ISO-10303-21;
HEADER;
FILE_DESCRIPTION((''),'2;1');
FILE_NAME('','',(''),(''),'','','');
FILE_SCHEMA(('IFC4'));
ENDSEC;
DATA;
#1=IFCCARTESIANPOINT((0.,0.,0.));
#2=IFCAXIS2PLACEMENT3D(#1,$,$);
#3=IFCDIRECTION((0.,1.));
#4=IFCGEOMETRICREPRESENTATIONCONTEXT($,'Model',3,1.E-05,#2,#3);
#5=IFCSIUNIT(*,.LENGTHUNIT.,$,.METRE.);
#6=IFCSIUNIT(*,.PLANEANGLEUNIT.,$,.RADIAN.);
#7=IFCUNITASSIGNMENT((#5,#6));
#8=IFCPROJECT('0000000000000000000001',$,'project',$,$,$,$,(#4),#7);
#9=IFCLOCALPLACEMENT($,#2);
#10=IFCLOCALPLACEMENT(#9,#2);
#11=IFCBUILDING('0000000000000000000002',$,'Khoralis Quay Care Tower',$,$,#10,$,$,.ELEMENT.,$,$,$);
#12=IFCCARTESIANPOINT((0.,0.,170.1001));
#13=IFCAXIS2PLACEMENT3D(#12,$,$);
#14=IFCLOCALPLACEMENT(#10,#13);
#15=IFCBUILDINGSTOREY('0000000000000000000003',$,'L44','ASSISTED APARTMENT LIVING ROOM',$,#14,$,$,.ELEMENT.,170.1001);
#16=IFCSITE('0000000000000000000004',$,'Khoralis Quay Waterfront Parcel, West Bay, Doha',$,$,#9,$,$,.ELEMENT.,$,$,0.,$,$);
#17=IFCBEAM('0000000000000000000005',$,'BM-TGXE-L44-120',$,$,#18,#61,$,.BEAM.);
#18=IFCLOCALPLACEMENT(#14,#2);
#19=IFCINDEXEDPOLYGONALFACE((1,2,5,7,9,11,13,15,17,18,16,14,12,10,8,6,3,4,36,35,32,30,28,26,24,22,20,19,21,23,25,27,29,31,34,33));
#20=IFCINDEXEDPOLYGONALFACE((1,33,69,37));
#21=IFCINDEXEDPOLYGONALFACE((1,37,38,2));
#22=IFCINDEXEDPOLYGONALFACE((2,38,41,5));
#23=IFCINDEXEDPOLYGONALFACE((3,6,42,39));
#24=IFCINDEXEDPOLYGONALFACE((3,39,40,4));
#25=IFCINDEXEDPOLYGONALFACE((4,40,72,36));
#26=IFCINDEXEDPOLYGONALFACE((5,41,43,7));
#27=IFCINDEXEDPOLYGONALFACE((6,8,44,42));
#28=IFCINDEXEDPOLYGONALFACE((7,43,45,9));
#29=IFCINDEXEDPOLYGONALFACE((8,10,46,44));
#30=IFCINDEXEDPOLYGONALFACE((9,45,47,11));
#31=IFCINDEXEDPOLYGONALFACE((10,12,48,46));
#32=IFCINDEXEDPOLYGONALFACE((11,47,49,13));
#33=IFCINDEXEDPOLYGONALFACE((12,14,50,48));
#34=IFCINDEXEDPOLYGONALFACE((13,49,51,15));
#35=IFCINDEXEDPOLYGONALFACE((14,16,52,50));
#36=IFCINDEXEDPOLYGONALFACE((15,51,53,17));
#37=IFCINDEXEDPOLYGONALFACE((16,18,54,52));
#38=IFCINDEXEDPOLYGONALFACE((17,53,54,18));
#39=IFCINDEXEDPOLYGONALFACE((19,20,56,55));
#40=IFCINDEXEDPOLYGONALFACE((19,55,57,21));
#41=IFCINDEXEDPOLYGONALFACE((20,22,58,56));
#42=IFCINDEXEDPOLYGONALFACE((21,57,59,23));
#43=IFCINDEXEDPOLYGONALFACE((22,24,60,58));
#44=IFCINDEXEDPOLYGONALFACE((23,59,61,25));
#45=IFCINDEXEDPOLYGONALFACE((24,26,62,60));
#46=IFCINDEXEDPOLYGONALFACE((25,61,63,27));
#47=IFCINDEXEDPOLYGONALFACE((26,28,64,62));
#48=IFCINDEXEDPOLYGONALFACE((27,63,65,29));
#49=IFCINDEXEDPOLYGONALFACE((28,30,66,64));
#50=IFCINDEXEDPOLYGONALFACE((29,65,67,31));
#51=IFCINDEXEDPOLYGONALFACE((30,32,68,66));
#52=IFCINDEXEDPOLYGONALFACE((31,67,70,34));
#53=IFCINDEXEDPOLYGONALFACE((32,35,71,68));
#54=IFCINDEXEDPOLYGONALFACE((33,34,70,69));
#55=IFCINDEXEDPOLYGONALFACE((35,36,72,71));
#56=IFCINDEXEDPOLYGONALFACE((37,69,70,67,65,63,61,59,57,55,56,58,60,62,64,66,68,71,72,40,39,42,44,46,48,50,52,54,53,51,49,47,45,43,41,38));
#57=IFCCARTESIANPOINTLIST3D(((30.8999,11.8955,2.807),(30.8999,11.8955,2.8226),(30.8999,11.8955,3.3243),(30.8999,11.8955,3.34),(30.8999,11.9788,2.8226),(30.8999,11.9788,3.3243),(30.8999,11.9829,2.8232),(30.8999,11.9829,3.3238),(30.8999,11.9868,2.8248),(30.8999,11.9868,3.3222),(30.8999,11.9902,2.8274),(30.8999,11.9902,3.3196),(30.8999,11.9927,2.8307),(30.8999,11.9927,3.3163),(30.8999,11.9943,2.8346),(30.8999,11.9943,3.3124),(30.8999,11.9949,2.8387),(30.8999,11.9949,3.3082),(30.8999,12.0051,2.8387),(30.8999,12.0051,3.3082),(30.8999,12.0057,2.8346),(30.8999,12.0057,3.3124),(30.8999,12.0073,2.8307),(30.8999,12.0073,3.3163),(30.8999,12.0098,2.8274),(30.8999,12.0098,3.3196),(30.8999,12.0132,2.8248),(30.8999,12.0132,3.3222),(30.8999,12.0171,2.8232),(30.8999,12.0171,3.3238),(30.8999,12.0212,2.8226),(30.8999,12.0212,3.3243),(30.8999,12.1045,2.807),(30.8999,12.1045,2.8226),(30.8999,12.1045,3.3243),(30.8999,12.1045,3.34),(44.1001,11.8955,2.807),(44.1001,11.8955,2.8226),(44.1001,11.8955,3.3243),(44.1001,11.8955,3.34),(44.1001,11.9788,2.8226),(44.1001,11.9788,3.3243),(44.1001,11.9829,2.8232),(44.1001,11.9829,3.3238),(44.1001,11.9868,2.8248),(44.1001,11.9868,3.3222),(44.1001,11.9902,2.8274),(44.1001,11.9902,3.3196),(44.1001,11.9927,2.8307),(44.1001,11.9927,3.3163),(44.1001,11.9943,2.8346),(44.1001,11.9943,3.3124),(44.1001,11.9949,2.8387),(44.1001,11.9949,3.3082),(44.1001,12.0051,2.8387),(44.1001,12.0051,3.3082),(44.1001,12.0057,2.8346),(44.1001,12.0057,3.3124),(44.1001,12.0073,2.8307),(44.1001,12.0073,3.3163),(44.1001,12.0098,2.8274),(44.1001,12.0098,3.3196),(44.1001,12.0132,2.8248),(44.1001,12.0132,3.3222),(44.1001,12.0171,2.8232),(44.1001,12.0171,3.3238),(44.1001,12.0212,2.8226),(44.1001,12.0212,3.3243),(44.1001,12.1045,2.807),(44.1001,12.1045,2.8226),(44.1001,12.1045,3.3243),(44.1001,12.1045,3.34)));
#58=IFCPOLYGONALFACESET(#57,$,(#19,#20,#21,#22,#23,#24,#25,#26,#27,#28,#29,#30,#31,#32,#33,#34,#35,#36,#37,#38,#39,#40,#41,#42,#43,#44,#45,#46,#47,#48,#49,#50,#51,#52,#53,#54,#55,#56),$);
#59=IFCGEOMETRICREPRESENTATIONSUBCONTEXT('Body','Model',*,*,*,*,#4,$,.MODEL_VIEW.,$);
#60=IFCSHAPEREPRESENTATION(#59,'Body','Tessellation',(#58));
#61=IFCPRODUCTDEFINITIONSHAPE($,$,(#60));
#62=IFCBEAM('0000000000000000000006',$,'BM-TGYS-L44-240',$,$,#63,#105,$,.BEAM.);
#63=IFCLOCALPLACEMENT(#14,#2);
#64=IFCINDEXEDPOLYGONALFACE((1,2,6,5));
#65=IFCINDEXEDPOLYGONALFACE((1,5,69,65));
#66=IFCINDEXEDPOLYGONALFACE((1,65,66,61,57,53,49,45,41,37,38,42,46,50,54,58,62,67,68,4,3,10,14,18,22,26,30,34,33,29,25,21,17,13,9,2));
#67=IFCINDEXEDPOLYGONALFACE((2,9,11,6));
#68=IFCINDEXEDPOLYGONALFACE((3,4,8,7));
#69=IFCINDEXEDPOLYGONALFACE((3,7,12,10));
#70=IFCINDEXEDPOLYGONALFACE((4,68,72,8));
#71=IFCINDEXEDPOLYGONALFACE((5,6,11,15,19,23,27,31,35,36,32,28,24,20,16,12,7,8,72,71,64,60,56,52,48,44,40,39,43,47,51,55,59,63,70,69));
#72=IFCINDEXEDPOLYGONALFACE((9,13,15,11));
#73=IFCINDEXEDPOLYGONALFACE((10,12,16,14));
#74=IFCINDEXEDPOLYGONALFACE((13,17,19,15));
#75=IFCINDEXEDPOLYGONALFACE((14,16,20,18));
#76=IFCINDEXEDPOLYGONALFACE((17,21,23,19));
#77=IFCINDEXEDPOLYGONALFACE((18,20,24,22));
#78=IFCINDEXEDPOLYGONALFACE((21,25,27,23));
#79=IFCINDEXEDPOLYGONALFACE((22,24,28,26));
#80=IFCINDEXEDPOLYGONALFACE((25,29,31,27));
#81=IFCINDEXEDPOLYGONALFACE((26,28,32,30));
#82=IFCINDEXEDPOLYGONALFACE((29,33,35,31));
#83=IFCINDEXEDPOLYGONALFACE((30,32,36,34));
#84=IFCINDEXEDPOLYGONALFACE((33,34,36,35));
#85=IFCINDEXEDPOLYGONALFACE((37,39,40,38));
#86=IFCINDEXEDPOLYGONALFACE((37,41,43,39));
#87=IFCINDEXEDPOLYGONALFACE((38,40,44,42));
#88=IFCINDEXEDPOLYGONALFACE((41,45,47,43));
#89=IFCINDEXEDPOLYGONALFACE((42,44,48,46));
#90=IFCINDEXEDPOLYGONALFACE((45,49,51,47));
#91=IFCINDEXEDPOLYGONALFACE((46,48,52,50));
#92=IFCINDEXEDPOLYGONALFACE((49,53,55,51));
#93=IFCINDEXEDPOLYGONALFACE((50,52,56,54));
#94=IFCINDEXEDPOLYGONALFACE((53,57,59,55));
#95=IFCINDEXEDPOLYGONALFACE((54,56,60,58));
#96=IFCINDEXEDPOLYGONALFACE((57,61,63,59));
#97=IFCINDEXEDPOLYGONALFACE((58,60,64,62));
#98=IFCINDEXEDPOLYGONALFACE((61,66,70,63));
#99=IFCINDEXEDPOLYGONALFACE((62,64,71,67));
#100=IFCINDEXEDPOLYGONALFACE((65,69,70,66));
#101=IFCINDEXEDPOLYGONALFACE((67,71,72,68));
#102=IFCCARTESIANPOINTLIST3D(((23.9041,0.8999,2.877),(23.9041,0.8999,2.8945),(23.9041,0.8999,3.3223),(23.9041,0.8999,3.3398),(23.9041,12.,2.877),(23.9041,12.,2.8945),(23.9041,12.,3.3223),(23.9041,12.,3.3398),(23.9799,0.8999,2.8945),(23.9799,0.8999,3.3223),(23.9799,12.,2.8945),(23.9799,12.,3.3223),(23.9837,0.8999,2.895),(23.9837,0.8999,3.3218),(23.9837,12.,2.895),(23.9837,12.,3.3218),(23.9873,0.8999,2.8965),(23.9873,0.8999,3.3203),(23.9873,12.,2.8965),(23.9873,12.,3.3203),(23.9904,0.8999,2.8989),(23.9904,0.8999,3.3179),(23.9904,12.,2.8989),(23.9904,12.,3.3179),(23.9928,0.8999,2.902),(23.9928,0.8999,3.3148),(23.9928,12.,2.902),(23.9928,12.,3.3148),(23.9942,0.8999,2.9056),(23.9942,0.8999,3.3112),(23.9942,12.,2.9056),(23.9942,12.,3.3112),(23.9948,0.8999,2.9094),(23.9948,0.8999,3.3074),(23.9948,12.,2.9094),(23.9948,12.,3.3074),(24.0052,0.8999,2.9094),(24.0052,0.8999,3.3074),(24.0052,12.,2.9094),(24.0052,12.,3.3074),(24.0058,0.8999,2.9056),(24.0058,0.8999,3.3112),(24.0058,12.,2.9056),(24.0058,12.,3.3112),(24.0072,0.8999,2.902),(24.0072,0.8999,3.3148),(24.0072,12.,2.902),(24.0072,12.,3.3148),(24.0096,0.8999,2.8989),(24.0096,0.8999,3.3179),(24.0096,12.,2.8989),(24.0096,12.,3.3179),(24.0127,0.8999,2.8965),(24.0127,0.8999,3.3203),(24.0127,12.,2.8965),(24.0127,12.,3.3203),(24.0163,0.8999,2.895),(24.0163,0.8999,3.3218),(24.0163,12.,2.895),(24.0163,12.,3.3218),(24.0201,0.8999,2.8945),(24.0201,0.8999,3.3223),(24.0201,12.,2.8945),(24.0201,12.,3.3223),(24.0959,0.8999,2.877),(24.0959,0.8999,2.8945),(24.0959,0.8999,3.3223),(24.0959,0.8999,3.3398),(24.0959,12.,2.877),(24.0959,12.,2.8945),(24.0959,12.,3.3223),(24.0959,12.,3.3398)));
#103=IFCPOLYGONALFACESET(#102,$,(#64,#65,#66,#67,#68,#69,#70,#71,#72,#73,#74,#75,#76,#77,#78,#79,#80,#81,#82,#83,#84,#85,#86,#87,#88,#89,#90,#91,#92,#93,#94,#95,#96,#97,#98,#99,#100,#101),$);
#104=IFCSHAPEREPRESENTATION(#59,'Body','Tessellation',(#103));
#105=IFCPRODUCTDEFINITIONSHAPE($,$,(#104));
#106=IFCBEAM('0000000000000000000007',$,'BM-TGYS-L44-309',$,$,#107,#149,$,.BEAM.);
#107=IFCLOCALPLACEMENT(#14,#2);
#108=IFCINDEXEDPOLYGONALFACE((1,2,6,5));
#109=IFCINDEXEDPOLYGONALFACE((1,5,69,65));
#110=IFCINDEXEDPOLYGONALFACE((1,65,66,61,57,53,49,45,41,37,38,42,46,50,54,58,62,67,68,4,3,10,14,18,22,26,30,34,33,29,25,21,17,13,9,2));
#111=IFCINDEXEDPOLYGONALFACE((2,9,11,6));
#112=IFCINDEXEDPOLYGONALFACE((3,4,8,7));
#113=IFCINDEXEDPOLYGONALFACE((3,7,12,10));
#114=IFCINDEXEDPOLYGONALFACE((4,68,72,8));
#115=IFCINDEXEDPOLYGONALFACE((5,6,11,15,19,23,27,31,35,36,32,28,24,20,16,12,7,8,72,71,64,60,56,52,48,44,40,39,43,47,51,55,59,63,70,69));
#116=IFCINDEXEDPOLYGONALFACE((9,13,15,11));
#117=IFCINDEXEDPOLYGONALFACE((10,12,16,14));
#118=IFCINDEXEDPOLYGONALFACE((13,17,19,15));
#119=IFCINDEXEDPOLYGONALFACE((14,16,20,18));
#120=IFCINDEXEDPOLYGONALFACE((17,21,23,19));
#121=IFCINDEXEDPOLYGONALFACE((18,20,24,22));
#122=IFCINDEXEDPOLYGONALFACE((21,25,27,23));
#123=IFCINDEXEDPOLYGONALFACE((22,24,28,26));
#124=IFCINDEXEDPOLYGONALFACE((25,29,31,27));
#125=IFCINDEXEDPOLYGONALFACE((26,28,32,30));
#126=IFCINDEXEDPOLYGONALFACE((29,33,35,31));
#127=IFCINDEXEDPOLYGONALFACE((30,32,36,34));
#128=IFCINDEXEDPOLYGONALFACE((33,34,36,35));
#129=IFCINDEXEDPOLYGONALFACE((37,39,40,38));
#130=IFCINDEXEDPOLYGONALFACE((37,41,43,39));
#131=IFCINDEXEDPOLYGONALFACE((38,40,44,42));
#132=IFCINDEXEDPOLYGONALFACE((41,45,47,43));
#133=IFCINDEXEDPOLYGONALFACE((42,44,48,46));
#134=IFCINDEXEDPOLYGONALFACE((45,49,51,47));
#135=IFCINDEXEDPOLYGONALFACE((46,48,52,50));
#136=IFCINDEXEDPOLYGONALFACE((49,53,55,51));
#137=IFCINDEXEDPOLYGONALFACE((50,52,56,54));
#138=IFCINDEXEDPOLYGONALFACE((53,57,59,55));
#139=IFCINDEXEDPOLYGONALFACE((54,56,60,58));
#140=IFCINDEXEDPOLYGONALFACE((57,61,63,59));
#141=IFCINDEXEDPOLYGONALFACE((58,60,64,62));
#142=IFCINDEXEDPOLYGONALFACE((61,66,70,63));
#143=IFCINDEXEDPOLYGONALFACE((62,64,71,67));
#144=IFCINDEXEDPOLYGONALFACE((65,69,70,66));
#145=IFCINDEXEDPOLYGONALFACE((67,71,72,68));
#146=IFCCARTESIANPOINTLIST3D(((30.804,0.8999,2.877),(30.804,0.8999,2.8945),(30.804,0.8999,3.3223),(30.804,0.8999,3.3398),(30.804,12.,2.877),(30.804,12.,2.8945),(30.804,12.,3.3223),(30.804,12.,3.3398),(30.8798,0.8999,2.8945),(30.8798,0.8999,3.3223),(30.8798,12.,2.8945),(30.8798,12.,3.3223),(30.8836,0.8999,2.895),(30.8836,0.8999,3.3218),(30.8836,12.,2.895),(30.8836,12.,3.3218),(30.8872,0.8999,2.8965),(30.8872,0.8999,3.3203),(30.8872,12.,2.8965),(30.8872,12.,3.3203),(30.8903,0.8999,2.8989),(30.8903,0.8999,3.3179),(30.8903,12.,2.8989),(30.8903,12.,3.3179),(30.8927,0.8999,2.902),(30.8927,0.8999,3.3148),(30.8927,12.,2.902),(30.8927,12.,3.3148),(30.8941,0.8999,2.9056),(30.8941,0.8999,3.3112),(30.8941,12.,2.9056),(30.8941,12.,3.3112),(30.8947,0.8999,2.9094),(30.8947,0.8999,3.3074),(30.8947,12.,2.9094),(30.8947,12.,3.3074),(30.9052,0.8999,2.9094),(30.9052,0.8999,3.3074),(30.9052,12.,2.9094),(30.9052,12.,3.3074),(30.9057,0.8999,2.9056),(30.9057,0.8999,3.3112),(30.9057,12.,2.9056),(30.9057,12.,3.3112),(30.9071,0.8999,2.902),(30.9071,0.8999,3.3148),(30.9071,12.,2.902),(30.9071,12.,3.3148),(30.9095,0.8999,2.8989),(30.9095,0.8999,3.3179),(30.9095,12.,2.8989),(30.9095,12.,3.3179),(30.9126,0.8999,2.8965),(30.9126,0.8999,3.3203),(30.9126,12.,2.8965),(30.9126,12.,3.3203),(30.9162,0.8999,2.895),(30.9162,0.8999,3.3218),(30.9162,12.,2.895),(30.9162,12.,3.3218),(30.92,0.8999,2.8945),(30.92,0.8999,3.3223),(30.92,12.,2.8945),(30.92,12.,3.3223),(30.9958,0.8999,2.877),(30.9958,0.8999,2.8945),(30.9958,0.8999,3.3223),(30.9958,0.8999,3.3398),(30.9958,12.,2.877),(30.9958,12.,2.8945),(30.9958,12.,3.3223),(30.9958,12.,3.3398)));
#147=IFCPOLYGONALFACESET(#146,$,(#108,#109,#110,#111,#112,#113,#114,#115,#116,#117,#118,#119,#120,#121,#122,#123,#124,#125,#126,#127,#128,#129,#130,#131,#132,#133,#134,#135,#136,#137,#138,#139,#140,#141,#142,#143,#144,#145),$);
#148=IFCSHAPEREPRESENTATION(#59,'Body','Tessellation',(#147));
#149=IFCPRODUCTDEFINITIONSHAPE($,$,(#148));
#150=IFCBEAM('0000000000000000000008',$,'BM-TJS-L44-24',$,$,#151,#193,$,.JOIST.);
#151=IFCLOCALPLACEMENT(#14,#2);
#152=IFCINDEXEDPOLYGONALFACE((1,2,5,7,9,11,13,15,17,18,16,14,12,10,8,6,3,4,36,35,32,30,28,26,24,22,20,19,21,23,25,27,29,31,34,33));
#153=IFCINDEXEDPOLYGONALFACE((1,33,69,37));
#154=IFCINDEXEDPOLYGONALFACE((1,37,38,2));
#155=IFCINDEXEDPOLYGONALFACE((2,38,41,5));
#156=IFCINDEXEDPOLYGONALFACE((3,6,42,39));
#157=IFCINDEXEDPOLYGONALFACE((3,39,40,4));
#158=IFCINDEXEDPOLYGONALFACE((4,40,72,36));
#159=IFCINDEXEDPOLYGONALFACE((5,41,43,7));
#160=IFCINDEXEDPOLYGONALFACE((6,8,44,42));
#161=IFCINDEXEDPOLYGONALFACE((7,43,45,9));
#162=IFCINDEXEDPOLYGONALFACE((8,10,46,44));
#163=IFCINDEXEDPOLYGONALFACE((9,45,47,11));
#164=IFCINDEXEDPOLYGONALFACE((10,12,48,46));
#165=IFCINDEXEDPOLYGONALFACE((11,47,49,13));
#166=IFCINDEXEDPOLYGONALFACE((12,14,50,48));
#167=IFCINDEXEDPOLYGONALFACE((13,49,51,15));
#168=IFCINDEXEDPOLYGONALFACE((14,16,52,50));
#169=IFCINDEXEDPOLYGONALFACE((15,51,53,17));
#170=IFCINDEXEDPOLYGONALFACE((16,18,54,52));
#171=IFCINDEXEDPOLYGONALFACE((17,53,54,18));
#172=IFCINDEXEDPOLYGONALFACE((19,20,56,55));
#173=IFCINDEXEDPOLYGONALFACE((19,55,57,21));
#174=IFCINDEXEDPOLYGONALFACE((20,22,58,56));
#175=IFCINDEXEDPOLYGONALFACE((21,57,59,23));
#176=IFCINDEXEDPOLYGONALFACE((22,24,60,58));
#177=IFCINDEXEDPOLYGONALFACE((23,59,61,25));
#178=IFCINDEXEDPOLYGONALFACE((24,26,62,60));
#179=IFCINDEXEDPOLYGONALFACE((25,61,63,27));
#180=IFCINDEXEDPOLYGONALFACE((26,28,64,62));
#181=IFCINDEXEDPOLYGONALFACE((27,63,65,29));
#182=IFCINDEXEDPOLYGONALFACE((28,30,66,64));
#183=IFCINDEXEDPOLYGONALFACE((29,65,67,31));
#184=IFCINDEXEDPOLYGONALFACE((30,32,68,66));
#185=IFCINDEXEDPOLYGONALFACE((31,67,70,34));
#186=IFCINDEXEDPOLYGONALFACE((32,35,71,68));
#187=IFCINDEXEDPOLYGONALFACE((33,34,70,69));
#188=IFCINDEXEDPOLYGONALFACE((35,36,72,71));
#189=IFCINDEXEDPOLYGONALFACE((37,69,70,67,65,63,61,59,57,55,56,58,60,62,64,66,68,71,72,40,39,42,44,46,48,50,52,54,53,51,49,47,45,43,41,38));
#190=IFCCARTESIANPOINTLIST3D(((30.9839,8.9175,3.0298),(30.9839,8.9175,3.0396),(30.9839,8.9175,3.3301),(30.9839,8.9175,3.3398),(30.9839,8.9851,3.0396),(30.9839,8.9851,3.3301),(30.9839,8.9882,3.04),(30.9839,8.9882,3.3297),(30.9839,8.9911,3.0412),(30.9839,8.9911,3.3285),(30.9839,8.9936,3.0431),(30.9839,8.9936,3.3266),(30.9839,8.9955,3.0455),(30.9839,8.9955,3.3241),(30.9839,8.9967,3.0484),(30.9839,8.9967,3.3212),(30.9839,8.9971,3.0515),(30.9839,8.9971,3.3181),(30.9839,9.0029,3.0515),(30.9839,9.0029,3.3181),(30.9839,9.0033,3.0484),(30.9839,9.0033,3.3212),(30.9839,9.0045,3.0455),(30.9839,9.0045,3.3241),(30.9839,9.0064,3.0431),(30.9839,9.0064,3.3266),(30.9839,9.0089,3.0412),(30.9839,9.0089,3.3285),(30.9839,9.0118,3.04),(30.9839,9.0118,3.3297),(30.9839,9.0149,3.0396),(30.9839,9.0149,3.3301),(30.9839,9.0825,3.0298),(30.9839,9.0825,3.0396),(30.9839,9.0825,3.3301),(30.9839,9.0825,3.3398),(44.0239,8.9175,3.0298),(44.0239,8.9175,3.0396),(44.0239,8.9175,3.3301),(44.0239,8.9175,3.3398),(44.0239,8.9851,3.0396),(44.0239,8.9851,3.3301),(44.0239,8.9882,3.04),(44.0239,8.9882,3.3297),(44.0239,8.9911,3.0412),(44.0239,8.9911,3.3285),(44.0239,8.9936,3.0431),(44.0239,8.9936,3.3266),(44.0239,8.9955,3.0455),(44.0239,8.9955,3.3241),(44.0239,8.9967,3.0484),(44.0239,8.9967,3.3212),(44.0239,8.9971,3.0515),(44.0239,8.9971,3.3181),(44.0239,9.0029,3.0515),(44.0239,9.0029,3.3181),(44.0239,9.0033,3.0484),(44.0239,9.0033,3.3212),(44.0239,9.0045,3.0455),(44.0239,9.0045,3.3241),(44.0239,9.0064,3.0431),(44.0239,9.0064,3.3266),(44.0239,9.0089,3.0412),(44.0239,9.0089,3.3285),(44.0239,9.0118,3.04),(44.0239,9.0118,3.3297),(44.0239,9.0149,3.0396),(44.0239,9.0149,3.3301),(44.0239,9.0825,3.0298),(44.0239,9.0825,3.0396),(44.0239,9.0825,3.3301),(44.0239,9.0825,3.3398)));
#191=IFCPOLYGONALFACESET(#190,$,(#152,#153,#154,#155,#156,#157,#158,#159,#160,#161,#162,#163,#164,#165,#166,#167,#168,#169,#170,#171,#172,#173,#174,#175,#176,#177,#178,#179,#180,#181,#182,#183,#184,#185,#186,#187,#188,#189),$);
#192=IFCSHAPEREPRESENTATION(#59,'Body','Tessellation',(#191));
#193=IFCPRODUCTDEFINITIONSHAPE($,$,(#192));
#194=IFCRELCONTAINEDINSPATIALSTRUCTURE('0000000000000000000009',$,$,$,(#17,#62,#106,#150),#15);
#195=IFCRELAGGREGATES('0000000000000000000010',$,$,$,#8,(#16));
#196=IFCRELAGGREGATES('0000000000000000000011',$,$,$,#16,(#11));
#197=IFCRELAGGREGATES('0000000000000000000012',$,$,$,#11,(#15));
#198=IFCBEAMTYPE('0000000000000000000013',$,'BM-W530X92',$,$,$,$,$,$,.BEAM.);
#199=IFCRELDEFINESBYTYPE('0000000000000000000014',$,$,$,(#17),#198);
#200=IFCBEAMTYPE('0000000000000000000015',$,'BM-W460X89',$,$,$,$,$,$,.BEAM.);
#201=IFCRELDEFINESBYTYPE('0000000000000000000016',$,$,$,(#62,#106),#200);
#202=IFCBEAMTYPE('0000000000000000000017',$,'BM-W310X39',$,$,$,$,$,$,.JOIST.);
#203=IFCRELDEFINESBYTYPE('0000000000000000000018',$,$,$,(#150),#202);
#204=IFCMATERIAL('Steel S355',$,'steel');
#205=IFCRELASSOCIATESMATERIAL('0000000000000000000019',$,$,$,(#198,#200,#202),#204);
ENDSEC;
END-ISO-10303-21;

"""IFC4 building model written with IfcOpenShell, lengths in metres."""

from ifc_helpers import new_model, si_unit, direction, frame, origin, origin_2d, place, context, subcontext, project, spatial, i_section, extrude, source, transform, mapped, material, material_profile, profile_set, type_object, element, save


model = new_model("IFC4")

# Units and contexts
model_context = context("Model", 3, precision=1e-05, world=origin(), true_north=direction((0.0, 1.0)))
body_context = subcontext(model_context, "Body", "Model", "MODEL_VIEW")
ifc_project = project(units=[si_unit("LENGTHUNIT", "METRE"), si_unit("PLANEANGLEUNIT", "RADIAN")], contexts=[model_context])

# Site, building, storey
site_placement = place(None, origin())
site = spatial("IfcSite", under=ifc_project, at=site_placement, Name="Khoralis Quay Waterfront Parcel, West Bay, Doha", CompositionType="ELEMENT", RefElevation=0.0)
building_placement = place(site_placement, origin())
building = spatial("IfcBuilding", under=site, at=building_placement, Name="Khoralis Quay Care Tower", CompositionType="ELEMENT")
storey_placement = place(building_placement, frame((0.0, 0.0, 170.1001)))
storey = spatial("IfcBuildingStorey", under=building, at=storey_placement, Name="L44", Description="ASSISTED APARTMENT LIVING ROOM", CompositionType="ELEMENT", Elevation=170.1001)

# Beams
ifc_material_1 = material(Name="Steel S355", Category="steel")
ifc_material_profile_1 = material_profile(ifc_material_1, i_section(OverallWidth=0.209, OverallDepth=0.533, WebThickness=0.0103, FlangeThickness=0.0156, FilletRadius=0.0161, at=origin_2d()), Name="Steel S355")
ifc_profile_set_1 = profile_set([ifc_material_profile_1], Name="Steel S355")
beam_type_1 = type_object("IfcBeamType", Name="BM-W530X92", PredefinedType="BEAM", material=ifc_profile_set_1)
shared_shape_1 = source(origin(), body_context, "Body", "SweptSolid", [
    extrude(i_section(OverallWidth=0.209, OverallDepth=0.533, WebThickness=0.0103, FlangeThickness=0.0156, FilletRadius=0.0161, at=origin_2d()), origin(), (0.0, 0.0, 1.0), 13.2002),
])
beam_1_placement = place(storey_placement, frame((30.8999, 12.0, 3.0735), z_axis=(1.0, 0.0, 0.0), x_axis=(0.0, 1.0, 0.0)))
element("IfcBeam", 1, at=beam_1_placement, inside=storey, type_object=beam_type_1, Name="BM-TGXE-L44-120", PredefinedType="BEAM", context=body_context, shape_type="MappedRepresentation", body=[
    mapped(shared_shape_1, transform((0.0, 0.0, 0.0), scale=1.0)),
])
ifc_material_profile_2 = material_profile(ifc_material_1, i_section(OverallWidth=0.1919, OverallDepth=0.4629, WebThickness=0.0105, FlangeThickness=0.0176, FilletRadius=0.0149, at=origin_2d()), Name="Steel S355")
ifc_profile_set_2 = profile_set([ifc_material_profile_2], Name="Steel S355")
beam_type_2 = type_object("IfcBeamType", Name="BM-W460X89", PredefinedType="BEAM", material=ifc_profile_set_2)
shared_shape_2 = source(origin(), body_context, "Body", "SweptSolid", [
    extrude(i_section(OverallWidth=0.1919, OverallDepth=0.4629, WebThickness=0.0105, FlangeThickness=0.0176, FilletRadius=0.0149, at=origin_2d()), origin(), (0.0, 0.0, 1.0), 11.1001),
])
for number, where, z_axis, x_axis, name in (
    (2, (24.0, 0.8999, 3.1084), (0.0, 1.0, 0.0), (-1.0, 0.0, 0.0), "BM-TGYS-L44-240"),
    (3, (30.8999, 0.8999, 3.1084), (0.0, 1.0, 0.0), (-1.0, 0.0, 0.0), "BM-TGYS-L44-309"),
):
    element("IfcBeam", number, at=place(storey_placement, frame(where, z_axis=z_axis, x_axis=x_axis)), inside=storey, type_object=beam_type_2, Name=name, PredefinedType="BEAM", context=body_context, shape_type="MappedRepresentation", body=[
        mapped(shared_shape_2, transform((0.0, 0.0, 0.0), scale=1.0)),
    ])
ifc_material_profile_3 = material_profile(ifc_material_1, i_section(OverallWidth=0.165, OverallDepth=0.3101, WebThickness=0.0059, FlangeThickness=0.0098, FilletRadius=0.012, at=origin_2d()), Name="Steel S355")
ifc_profile_set_3 = profile_set([ifc_material_profile_3], Name="Steel S355")
beam_type_3 = type_object("IfcBeamType", Name="BM-W310X39", PredefinedType="JOIST", material=ifc_profile_set_3)
shared_shape_3 = source(origin(), body_context, "Body", "SweptSolid", [
    extrude(i_section(OverallWidth=0.165, OverallDepth=0.3101, WebThickness=0.0059, FlangeThickness=0.0098, FilletRadius=0.012, at=origin_2d()), origin(), (0.0, 0.0, 1.0), 13.04),
])
beam_2_placement = place(storey_placement, frame((30.9839, 9.0, 3.1848), z_axis=(1.0, 0.0, 0.0), x_axis=(0.0, 1.0, 0.0)))
element("IfcBeam", 4, at=beam_2_placement, inside=storey, type_object=beam_type_3, Name="BM-TJS-L44-24", PredefinedType="JOIST", context=body_context, shape_type="MappedRepresentation", body=[
    mapped(shared_shape_3, transform((0.0, 0.0, 0.0), scale=1.0)),
])

save(model, "model.ifc")
